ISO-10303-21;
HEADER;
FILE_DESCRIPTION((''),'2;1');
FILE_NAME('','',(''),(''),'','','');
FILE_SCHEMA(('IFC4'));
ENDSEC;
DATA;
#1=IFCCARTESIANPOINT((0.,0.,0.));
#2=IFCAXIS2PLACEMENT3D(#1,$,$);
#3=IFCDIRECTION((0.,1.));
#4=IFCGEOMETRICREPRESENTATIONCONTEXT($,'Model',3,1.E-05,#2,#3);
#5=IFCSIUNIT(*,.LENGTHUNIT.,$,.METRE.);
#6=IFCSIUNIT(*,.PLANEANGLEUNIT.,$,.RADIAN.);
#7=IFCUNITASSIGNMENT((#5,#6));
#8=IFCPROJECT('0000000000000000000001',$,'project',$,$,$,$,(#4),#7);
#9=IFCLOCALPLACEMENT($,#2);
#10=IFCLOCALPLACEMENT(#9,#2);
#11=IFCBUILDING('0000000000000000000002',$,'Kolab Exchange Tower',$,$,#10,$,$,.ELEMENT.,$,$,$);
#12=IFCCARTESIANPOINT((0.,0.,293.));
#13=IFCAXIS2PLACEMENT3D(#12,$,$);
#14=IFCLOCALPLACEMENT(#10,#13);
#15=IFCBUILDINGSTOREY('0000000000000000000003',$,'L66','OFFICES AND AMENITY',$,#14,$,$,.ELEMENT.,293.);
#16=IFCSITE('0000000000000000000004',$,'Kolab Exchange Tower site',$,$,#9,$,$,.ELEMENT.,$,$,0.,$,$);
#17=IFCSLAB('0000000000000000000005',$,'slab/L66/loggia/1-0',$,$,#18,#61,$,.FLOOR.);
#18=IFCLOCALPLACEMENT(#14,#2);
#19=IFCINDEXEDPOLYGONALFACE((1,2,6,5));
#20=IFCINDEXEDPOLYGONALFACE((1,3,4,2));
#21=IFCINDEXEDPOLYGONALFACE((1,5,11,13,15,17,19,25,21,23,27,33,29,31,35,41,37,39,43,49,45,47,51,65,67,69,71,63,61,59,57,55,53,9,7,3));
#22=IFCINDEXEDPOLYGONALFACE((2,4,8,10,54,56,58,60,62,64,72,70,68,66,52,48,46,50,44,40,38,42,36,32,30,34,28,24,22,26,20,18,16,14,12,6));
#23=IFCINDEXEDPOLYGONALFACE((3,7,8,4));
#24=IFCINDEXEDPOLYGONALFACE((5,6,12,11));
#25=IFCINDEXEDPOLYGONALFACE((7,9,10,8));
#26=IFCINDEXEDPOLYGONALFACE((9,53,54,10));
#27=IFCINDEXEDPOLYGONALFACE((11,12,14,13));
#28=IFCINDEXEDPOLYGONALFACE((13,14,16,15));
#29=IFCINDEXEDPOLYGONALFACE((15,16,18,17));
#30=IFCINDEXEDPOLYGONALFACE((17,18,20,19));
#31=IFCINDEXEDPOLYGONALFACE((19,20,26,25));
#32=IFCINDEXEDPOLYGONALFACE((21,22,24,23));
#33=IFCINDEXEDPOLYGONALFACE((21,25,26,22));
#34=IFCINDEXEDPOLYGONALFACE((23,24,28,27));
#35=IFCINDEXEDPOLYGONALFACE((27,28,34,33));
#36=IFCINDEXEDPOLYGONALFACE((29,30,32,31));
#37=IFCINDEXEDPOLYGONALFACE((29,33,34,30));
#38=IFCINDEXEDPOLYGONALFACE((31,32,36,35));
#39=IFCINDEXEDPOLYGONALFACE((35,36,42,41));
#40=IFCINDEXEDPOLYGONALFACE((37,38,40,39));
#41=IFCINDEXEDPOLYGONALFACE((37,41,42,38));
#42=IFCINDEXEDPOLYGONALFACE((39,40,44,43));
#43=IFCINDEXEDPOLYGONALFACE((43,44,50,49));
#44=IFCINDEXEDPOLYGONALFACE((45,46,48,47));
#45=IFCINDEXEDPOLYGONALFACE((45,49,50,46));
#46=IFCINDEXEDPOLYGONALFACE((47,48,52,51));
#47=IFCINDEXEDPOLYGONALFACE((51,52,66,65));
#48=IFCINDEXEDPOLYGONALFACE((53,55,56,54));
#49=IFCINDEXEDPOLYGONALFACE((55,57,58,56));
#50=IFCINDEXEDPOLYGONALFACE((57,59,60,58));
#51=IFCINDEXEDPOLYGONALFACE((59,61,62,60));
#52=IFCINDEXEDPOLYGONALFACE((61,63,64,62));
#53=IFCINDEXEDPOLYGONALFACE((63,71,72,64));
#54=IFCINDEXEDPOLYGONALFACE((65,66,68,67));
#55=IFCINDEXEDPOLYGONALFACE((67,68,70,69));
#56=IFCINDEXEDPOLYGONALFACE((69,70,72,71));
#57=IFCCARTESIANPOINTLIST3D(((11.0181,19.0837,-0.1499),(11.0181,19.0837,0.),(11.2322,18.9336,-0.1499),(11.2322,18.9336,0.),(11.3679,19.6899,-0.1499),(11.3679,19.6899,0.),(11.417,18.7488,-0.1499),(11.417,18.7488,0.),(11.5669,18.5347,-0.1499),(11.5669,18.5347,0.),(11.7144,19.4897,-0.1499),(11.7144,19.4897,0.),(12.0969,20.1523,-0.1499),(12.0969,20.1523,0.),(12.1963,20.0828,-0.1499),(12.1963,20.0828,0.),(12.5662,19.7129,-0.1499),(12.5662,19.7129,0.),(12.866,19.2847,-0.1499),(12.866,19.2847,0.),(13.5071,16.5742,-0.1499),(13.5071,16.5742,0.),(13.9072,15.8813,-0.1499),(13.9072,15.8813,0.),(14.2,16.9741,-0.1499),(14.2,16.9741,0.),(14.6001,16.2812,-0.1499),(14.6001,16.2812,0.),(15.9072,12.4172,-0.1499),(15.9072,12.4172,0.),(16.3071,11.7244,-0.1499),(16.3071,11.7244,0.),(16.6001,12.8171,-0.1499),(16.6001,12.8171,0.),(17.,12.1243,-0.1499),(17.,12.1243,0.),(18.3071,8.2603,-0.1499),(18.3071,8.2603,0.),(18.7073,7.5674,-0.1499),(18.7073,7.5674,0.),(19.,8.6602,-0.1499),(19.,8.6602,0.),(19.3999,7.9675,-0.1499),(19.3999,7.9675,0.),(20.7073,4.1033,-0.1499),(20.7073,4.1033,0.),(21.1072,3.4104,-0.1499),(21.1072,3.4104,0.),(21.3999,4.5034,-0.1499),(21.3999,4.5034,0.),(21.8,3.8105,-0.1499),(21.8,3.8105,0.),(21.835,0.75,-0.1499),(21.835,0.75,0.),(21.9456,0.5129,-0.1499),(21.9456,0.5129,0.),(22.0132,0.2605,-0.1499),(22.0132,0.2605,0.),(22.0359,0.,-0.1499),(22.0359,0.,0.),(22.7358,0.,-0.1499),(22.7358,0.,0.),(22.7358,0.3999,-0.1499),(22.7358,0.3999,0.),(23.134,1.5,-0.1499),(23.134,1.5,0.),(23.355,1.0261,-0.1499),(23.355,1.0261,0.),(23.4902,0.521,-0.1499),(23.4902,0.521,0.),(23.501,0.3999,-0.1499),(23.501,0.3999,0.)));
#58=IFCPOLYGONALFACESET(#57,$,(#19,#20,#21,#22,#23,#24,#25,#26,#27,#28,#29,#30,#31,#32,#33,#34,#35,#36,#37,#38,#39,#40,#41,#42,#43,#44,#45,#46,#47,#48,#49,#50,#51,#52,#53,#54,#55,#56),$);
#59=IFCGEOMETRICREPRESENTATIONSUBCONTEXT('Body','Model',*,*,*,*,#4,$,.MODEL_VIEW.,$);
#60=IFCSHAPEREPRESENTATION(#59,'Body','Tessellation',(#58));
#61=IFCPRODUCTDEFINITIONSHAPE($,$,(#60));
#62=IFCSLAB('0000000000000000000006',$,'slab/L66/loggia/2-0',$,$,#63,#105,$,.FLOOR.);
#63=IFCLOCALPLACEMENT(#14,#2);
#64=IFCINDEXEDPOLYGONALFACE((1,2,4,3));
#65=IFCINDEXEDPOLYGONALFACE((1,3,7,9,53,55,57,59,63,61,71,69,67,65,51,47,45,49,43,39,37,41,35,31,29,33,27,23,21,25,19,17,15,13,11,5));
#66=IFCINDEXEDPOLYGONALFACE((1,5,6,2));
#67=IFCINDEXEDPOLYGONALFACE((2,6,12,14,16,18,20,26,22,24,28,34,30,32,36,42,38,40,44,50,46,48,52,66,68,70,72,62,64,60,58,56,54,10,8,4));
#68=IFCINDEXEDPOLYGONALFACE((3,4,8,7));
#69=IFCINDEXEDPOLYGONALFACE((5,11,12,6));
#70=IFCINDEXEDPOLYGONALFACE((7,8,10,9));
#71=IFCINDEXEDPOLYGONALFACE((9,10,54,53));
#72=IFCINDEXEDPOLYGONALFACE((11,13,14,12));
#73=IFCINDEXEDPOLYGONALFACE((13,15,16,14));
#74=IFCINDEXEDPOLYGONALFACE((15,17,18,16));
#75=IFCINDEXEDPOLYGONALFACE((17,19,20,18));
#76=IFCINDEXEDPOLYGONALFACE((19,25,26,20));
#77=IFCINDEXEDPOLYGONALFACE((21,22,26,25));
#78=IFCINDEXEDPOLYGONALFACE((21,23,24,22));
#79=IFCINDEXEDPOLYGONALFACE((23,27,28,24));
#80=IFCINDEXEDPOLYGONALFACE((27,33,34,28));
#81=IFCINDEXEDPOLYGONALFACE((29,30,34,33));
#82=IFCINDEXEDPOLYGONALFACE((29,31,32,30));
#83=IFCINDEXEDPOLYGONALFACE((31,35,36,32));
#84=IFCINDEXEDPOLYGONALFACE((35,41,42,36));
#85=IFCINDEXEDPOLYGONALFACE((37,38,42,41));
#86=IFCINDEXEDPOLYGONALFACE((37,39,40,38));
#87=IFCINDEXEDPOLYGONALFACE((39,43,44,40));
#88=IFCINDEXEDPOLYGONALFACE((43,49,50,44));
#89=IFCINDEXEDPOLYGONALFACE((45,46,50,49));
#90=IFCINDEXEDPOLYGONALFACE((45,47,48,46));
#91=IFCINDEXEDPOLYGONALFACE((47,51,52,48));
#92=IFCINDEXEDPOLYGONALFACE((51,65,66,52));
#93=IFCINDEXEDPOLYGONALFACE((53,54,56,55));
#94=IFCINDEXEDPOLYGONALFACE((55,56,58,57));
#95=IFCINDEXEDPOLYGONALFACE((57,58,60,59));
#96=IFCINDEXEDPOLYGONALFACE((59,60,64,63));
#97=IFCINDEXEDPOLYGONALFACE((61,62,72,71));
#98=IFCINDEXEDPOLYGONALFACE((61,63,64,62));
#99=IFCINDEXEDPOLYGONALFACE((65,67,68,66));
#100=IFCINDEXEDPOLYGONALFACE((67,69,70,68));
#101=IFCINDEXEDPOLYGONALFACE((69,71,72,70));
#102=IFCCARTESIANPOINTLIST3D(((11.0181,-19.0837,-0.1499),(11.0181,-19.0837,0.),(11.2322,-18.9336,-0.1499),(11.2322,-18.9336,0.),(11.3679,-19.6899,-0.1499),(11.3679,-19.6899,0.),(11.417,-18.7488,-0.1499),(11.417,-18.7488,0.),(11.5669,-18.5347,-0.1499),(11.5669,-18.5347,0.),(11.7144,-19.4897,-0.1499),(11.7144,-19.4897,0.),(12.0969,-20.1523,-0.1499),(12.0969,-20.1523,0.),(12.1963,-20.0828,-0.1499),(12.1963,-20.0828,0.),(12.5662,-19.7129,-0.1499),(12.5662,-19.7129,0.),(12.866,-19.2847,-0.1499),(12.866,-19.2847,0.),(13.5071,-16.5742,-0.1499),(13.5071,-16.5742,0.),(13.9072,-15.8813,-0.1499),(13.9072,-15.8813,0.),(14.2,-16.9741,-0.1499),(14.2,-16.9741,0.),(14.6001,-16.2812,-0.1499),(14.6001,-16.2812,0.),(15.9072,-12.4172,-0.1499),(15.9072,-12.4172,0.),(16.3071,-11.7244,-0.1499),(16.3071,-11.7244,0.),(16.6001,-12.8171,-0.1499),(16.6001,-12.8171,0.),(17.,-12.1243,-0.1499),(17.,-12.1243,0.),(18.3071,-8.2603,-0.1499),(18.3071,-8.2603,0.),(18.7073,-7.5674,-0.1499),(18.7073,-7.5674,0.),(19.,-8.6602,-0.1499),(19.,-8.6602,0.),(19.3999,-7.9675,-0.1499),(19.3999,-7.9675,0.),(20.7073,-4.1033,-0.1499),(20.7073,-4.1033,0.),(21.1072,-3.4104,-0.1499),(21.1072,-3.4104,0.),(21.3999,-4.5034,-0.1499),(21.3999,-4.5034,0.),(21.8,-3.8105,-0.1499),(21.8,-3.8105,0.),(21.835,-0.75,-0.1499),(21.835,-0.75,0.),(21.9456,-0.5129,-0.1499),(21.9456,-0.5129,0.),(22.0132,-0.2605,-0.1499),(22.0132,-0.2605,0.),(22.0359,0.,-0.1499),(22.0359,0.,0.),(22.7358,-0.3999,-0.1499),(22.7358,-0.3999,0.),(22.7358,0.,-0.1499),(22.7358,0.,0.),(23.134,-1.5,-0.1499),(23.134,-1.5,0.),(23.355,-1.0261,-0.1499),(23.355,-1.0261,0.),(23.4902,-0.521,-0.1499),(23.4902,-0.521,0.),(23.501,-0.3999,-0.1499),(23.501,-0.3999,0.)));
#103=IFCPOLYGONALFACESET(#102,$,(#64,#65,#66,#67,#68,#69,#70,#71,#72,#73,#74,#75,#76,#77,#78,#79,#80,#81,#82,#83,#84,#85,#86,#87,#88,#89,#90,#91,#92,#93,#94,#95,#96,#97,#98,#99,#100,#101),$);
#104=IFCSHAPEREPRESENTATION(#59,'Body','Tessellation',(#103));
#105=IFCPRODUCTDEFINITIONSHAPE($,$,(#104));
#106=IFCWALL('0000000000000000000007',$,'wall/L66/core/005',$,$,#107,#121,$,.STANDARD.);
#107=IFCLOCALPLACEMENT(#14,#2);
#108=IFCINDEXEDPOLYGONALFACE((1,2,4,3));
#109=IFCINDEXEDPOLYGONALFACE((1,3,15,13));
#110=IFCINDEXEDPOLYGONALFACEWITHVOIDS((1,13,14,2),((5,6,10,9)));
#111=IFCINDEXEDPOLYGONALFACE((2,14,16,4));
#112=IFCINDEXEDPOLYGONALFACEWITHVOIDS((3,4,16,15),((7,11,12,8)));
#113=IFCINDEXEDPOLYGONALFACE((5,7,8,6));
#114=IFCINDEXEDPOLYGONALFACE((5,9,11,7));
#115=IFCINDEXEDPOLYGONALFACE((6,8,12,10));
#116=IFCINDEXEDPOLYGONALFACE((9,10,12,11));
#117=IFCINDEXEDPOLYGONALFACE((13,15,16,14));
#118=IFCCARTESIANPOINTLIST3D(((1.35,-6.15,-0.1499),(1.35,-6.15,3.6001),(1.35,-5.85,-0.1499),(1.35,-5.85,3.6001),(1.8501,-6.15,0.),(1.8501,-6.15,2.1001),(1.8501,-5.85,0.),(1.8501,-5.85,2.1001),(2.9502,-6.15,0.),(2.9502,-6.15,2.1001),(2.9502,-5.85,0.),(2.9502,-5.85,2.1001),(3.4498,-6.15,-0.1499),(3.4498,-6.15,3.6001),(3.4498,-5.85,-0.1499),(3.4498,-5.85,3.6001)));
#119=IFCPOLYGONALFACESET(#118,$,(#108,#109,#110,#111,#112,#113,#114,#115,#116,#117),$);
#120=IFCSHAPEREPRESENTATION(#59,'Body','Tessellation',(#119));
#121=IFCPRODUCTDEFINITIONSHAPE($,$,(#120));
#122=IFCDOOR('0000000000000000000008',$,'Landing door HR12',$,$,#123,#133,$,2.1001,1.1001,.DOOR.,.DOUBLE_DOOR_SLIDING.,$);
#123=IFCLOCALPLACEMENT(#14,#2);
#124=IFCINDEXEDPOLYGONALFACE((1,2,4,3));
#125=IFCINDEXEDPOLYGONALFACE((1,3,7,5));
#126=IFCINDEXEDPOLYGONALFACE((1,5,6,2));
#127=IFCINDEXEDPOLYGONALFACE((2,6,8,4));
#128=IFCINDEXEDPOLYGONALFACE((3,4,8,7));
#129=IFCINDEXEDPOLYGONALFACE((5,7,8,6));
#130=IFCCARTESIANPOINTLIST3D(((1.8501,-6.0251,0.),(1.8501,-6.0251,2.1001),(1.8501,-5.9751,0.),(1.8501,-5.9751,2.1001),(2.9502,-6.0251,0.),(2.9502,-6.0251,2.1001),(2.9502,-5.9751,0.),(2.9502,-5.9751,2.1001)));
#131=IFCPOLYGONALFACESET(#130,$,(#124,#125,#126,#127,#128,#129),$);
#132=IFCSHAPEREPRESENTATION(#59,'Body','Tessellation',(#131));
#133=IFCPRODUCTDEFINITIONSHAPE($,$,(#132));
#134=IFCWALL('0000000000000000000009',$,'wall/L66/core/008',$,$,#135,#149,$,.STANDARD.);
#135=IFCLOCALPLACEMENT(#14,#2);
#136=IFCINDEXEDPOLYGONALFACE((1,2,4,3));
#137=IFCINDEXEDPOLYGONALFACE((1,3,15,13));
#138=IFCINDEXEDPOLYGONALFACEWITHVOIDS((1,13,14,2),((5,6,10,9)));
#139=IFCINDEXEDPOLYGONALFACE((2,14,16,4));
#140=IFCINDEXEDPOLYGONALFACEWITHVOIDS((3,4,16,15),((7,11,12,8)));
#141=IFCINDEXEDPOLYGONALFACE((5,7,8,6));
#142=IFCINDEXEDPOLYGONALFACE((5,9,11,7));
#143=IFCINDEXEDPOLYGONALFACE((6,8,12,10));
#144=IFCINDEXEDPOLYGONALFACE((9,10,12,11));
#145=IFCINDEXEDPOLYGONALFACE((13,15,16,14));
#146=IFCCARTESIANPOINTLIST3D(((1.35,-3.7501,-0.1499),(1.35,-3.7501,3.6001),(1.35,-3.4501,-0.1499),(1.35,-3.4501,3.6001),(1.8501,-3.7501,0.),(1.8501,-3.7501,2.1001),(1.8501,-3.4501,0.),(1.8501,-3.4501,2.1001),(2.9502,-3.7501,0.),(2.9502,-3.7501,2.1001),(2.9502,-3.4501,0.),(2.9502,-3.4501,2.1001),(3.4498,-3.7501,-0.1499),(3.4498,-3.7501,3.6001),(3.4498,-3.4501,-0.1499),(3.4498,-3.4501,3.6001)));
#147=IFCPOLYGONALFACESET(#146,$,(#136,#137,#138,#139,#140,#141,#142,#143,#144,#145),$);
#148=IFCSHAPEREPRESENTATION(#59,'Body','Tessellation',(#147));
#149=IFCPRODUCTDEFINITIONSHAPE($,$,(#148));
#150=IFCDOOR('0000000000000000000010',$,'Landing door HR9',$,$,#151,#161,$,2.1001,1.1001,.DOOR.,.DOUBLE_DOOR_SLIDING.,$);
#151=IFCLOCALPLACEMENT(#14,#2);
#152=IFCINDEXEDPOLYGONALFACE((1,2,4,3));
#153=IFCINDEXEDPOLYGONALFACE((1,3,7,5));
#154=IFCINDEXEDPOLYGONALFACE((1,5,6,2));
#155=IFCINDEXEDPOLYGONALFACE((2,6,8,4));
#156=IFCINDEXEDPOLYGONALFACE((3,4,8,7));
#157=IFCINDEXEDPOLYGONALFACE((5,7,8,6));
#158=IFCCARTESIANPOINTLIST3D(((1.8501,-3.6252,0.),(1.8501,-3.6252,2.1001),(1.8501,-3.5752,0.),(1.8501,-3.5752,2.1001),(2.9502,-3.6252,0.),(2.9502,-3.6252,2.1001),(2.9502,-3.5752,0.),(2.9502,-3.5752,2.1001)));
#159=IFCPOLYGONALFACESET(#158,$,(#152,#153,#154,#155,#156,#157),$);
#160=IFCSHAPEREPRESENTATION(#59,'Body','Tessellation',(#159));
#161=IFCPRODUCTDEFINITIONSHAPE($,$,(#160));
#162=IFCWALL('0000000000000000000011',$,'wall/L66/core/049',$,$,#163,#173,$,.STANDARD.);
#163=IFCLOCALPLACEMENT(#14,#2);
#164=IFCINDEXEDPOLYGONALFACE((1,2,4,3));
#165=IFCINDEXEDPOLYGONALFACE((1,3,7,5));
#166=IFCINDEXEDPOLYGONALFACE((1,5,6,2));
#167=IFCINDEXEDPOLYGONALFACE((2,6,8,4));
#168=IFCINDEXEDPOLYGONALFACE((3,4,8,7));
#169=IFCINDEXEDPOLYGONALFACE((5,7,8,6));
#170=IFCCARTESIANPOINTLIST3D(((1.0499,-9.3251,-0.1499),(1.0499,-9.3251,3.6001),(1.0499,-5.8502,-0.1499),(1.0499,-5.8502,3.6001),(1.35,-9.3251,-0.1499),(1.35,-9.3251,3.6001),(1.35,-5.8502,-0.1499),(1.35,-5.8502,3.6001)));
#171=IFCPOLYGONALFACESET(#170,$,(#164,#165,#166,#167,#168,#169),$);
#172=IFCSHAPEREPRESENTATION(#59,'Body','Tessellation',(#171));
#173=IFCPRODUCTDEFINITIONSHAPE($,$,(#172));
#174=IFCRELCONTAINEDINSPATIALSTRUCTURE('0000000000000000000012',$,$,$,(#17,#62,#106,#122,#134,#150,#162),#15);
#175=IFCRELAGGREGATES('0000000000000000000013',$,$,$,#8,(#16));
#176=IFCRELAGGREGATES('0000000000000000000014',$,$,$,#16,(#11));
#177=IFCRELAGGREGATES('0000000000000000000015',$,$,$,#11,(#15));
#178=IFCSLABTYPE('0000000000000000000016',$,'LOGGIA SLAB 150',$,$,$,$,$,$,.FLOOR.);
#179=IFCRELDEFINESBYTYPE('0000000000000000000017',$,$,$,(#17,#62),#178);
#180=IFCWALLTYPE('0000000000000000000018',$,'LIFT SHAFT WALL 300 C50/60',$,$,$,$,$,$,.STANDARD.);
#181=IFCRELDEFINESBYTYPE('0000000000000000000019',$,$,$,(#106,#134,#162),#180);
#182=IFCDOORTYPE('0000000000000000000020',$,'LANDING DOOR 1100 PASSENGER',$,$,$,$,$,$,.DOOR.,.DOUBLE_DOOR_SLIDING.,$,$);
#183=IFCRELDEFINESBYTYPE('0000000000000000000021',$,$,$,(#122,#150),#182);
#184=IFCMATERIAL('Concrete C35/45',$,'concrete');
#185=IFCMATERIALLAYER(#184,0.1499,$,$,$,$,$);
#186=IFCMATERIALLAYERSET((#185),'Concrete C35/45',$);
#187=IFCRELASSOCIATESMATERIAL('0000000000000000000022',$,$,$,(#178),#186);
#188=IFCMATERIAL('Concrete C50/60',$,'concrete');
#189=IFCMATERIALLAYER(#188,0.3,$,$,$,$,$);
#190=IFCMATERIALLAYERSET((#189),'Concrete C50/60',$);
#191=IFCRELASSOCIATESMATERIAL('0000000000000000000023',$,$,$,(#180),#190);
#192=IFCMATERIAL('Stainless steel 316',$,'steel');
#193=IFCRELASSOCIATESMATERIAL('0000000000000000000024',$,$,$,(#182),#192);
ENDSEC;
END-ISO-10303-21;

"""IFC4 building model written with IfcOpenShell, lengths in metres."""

from ifc_helpers import new_model, si_unit, direction, frame, frame_2d, origin, place, context, subcontext, project, spatial, polyline, rectangle, outline, extrude, material, layer, layer_set, type_object, element, fill, save


model = new_model("IFC4")

# Units and contexts
model_context = context("Model", 3, precision=1e-05, world=origin(), true_north=direction((0.0, 1.0)))
body_context = subcontext(model_context, "Body", "Model", "MODEL_VIEW")
ifc_project = project(units=[si_unit("LENGTHUNIT", "METRE"), si_unit("PLANEANGLEUNIT", "RADIAN")], contexts=[model_context])

# Site, building, storey
site_placement = place(None, origin())
site = spatial("IfcSite", under=ifc_project, at=site_placement, Name="Kolab Exchange Tower site", CompositionType="ELEMENT", RefElevation=0.0)
building_placement = place(site_placement, origin())
building = spatial("IfcBuilding", under=site, at=building_placement, Name="Kolab Exchange Tower", CompositionType="ELEMENT")
storey_placement = place(building_placement, frame((0.0, 0.0, 293.0)))
storey = spatial("IfcBuildingStorey", under=building, at=storey_placement, Name="L66", Description="OFFICES AND AMENITY", CompositionType="ELEMENT", Elevation=293.0)

# Slabs
ifc_material_1 = material(Name="Concrete C35/45", Category="concrete")
ifc_layer_1 = layer(ifc_material_1, 0.1499)
ifc_layer_set_1 = layer_set([ifc_layer_1], Name="Concrete C35/45")
slab_type_1 = type_object("IfcSlabType", Name="LOGGIA SLAB 150", PredefinedType="FLOOR", material=ifc_layer_set_1)
slab_1_placement = place(storey_placement, frame((0.0, 0.0, -0.1499)))
element("IfcSlab", 1, at=slab_1_placement, inside=storey, type_object=slab_type_1, Name="slab/L66/loggia/1-0", PredefinedType="FLOOR", context=body_context, shape_type="SweptSolid", body=[
    extrude(outline(polyline([(22.0359, 0.0), (22.7358, 0.0), (22.7358, 0.3999), (23.501, 0.3999), (23.4902, 0.521), (23.355, 1.0261), (23.134, 1.5), (21.8, 3.8105), (21.1072, 3.4104), (20.7073, 4.1033), (21.3999, 4.5034), (19.3999, 7.9675), (18.7073, 7.5674), (18.3071, 8.2603), (19.0, 8.6602), (17.0, 12.1243), (16.3071, 11.7244), (15.9072, 12.4172), (16.6001, 12.8171), (14.6001, 16.2812), (13.9072, 15.8813), (13.5071, 16.5742), (14.2, 16.9741), (12.866, 19.2847), (12.5662, 19.7129), (12.1963, 20.0828), (12.0969, 20.1523), (11.7144, 19.4897), (11.3679, 19.6899), (11.0181, 19.0837), (11.2322, 18.9336), (11.417, 18.7488), (11.5669, 18.5347), (21.835, 0.75), (21.9456, 0.5129), (22.0132, 0.2605), (22.0359, 0.0)])), origin(), (0.0, 0.0, 1.0), 0.1499),
])
slab_2_placement = place(storey_placement, frame((0.0, 0.0, -0.1499)))
element("IfcSlab", 2, at=slab_2_placement, inside=storey, type_object=slab_type_1, Name="slab/L66/loggia/2-0", PredefinedType="FLOOR", context=body_context, shape_type="SweptSolid", body=[
    extrude(outline(polyline([(12.866, -19.2847), (14.2, -16.9741), (13.5071, -16.5742), (13.9072, -15.8813), (14.6001, -16.2812), (16.6001, -12.8171), (15.9072, -12.4172), (16.3071, -11.7244), (17.0, -12.1243), (19.0, -8.6602), (18.3071, -8.2603), (18.7073, -7.5674), (19.3999, -7.9675), (21.3999, -4.5034), (20.7073, -4.1033), (21.1072, -3.4104), (21.8, -3.8105), (23.134, -1.5), (23.355, -1.0261), (23.4902, -0.521), (23.501, -0.3999), (22.7358, -0.3999), (22.7358, 0.0), (22.0359, 0.0), (22.0132, -0.2605), (21.9456, -0.5129), (21.835, -0.75), (11.5669, -18.5347), (11.417, -18.7488), (11.2322, -18.9336), (11.0181, -19.0837), (11.3679, -19.6899), (11.7144, -19.4897), (12.0969, -20.1523), (12.1963, -20.0828), (12.5662, -19.7129), (12.866, -19.2847)])), origin(), (0.0, 0.0, 1.0), 0.1499),
])

# Walls, openings, doors
ifc_material_2 = material(Name="Concrete C50/60", Category="concrete")
ifc_layer_2 = layer(ifc_material_2, 0.3)
ifc_layer_set_2 = layer_set([ifc_layer_2], Name="Concrete C50/60")
wall_type_1 = type_object("IfcWallType", Name="LIFT SHAFT WALL 300 C50/60", PredefinedType="STANDARD", material=ifc_layer_set_2)
wall_1_placement = place(storey_placement, frame((1.3501, -6.0, -0.1499), z_axis=(0.0, 0.0, 1.0), x_axis=(1.0, 0.0, 0.0)))
wall_1 = element("IfcWall", 3, at=wall_1_placement, inside=storey, type_object=wall_type_1, Name="wall/L66/core/005", PredefinedType="STANDARD", context=body_context, shape_type="SweptSolid", body=[
    extrude(rectangle(XDim=2.0999, YDim=0.3, at=frame_2d((1.0498, 0.0))), origin(), (0.0, 0.0, 1.0), 3.75),
])
opening_1_placement = place(wall_1_placement, frame((0.5, 0.0, 0.1499)))
opening_1 = element("IfcOpeningElement", 4, at=opening_1_placement, cuts=wall_1, PredefinedType="OPENING", context=body_context, shape_type="SweptSolid", body=[
    extrude(rectangle(XDim=1.1001, YDim=2.1001, at=frame_2d((0.55, 1.05))), frame((0.0, 0.1602, 0.0), z_axis=(0.0, -1.0, 0.0), x_axis=(1.0, 0.0, 0.0)), (0.0, 0.0, 1.0), 0.3201),
])
ifc_material_3 = material(Name="Stainless steel 316", Category="steel")
door_type_1 = type_object("IfcDoorType", Name="LANDING DOOR 1100 PASSENGER", OperationType="DOUBLE_DOOR_SLIDING", PredefinedType="DOOR", material=ifc_material_3)
door_1_placement = place(opening_1_placement, origin())
door_1 = element("IfcDoor", 5, at=door_1_placement, inside=storey, type_object=door_type_1, Name="Landing door HR12", OperationType="DOUBLE_DOOR_SLIDING", OverallHeight=2.1001, OverallWidth=1.1001, PredefinedType="DOOR", context=body_context, shape_type="SweptSolid", body=[
    extrude(rectangle(XDim=1.1001, YDim=2.1001, at=frame_2d((0.55, 1.05))), frame((0.0, 0.0249, 0.0), z_axis=(0.0, -1.0, 0.0), x_axis=(1.0, 0.0, 0.0)), (0.0, 0.0, 1.0), 0.05),
])
fill(opening_1, door_1)
wall_2_placement = place(storey_placement, frame((1.3501, -3.6001, -0.1499), z_axis=(0.0, 0.0, 1.0), x_axis=(1.0, 0.0, 0.0)))
wall_2 = element("IfcWall", 6, at=wall_2_placement, inside=storey, type_object=wall_type_1, Name="wall/L66/core/008", PredefinedType="STANDARD", context=body_context, shape_type="SweptSolid", body=[
    extrude(rectangle(XDim=2.0999, YDim=0.3, at=frame_2d((1.0498, 0.0))), origin(), (0.0, 0.0, 1.0), 3.75),
])
opening_2_placement = place(wall_2_placement, frame((0.5, 0.0, 0.1499)))
opening_2 = element("IfcOpeningElement", 7, at=opening_2_placement, cuts=wall_2, PredefinedType="OPENING", context=body_context, shape_type="SweptSolid", body=[
    extrude(rectangle(XDim=1.1001, YDim=2.1001, at=frame_2d((0.55, 1.05))), frame((0.0, 0.1602, 0.0), z_axis=(0.0, -1.0, 0.0), x_axis=(1.0, 0.0, 0.0)), (0.0, 0.0, 1.0), 0.3201),
])
door_2_placement = place(opening_2_placement, origin())
door_2 = element("IfcDoor", 8, at=door_2_placement, inside=storey, type_object=door_type_1, Name="Landing door HR9", OperationType="DOUBLE_DOOR_SLIDING", OverallHeight=2.1001, OverallWidth=1.1001, PredefinedType="DOOR", context=body_context, shape_type="SweptSolid", body=[
    extrude(rectangle(XDim=1.1001, YDim=2.1001, at=frame_2d((0.55, 1.05))), frame((0.0, 0.0249, 0.0), z_axis=(0.0, -1.0, 0.0), x_axis=(1.0, 0.0, 0.0)), (0.0, 0.0, 1.0), 0.05),
])
fill(opening_2, door_2)

# Wall
wall_3_placement = place(storey_placement, frame((1.2, -9.325, -0.1499), z_axis=(0.0, 0.0, 1.0), x_axis=(0.0, 1.0, 0.0)))
element("IfcWall", 9, at=wall_3_placement, inside=storey, type_object=wall_type_1, Name="wall/L66/core/049", PredefinedType="STANDARD", context=body_context, shape_type="SweptSolid", body=[
    extrude(rectangle(XDim=3.4749, YDim=0.3, at=frame_2d((1.7373, 0.0))), origin(), (0.0, 0.0, 1.0), 3.75),
])

save(model, "model.ifc")
